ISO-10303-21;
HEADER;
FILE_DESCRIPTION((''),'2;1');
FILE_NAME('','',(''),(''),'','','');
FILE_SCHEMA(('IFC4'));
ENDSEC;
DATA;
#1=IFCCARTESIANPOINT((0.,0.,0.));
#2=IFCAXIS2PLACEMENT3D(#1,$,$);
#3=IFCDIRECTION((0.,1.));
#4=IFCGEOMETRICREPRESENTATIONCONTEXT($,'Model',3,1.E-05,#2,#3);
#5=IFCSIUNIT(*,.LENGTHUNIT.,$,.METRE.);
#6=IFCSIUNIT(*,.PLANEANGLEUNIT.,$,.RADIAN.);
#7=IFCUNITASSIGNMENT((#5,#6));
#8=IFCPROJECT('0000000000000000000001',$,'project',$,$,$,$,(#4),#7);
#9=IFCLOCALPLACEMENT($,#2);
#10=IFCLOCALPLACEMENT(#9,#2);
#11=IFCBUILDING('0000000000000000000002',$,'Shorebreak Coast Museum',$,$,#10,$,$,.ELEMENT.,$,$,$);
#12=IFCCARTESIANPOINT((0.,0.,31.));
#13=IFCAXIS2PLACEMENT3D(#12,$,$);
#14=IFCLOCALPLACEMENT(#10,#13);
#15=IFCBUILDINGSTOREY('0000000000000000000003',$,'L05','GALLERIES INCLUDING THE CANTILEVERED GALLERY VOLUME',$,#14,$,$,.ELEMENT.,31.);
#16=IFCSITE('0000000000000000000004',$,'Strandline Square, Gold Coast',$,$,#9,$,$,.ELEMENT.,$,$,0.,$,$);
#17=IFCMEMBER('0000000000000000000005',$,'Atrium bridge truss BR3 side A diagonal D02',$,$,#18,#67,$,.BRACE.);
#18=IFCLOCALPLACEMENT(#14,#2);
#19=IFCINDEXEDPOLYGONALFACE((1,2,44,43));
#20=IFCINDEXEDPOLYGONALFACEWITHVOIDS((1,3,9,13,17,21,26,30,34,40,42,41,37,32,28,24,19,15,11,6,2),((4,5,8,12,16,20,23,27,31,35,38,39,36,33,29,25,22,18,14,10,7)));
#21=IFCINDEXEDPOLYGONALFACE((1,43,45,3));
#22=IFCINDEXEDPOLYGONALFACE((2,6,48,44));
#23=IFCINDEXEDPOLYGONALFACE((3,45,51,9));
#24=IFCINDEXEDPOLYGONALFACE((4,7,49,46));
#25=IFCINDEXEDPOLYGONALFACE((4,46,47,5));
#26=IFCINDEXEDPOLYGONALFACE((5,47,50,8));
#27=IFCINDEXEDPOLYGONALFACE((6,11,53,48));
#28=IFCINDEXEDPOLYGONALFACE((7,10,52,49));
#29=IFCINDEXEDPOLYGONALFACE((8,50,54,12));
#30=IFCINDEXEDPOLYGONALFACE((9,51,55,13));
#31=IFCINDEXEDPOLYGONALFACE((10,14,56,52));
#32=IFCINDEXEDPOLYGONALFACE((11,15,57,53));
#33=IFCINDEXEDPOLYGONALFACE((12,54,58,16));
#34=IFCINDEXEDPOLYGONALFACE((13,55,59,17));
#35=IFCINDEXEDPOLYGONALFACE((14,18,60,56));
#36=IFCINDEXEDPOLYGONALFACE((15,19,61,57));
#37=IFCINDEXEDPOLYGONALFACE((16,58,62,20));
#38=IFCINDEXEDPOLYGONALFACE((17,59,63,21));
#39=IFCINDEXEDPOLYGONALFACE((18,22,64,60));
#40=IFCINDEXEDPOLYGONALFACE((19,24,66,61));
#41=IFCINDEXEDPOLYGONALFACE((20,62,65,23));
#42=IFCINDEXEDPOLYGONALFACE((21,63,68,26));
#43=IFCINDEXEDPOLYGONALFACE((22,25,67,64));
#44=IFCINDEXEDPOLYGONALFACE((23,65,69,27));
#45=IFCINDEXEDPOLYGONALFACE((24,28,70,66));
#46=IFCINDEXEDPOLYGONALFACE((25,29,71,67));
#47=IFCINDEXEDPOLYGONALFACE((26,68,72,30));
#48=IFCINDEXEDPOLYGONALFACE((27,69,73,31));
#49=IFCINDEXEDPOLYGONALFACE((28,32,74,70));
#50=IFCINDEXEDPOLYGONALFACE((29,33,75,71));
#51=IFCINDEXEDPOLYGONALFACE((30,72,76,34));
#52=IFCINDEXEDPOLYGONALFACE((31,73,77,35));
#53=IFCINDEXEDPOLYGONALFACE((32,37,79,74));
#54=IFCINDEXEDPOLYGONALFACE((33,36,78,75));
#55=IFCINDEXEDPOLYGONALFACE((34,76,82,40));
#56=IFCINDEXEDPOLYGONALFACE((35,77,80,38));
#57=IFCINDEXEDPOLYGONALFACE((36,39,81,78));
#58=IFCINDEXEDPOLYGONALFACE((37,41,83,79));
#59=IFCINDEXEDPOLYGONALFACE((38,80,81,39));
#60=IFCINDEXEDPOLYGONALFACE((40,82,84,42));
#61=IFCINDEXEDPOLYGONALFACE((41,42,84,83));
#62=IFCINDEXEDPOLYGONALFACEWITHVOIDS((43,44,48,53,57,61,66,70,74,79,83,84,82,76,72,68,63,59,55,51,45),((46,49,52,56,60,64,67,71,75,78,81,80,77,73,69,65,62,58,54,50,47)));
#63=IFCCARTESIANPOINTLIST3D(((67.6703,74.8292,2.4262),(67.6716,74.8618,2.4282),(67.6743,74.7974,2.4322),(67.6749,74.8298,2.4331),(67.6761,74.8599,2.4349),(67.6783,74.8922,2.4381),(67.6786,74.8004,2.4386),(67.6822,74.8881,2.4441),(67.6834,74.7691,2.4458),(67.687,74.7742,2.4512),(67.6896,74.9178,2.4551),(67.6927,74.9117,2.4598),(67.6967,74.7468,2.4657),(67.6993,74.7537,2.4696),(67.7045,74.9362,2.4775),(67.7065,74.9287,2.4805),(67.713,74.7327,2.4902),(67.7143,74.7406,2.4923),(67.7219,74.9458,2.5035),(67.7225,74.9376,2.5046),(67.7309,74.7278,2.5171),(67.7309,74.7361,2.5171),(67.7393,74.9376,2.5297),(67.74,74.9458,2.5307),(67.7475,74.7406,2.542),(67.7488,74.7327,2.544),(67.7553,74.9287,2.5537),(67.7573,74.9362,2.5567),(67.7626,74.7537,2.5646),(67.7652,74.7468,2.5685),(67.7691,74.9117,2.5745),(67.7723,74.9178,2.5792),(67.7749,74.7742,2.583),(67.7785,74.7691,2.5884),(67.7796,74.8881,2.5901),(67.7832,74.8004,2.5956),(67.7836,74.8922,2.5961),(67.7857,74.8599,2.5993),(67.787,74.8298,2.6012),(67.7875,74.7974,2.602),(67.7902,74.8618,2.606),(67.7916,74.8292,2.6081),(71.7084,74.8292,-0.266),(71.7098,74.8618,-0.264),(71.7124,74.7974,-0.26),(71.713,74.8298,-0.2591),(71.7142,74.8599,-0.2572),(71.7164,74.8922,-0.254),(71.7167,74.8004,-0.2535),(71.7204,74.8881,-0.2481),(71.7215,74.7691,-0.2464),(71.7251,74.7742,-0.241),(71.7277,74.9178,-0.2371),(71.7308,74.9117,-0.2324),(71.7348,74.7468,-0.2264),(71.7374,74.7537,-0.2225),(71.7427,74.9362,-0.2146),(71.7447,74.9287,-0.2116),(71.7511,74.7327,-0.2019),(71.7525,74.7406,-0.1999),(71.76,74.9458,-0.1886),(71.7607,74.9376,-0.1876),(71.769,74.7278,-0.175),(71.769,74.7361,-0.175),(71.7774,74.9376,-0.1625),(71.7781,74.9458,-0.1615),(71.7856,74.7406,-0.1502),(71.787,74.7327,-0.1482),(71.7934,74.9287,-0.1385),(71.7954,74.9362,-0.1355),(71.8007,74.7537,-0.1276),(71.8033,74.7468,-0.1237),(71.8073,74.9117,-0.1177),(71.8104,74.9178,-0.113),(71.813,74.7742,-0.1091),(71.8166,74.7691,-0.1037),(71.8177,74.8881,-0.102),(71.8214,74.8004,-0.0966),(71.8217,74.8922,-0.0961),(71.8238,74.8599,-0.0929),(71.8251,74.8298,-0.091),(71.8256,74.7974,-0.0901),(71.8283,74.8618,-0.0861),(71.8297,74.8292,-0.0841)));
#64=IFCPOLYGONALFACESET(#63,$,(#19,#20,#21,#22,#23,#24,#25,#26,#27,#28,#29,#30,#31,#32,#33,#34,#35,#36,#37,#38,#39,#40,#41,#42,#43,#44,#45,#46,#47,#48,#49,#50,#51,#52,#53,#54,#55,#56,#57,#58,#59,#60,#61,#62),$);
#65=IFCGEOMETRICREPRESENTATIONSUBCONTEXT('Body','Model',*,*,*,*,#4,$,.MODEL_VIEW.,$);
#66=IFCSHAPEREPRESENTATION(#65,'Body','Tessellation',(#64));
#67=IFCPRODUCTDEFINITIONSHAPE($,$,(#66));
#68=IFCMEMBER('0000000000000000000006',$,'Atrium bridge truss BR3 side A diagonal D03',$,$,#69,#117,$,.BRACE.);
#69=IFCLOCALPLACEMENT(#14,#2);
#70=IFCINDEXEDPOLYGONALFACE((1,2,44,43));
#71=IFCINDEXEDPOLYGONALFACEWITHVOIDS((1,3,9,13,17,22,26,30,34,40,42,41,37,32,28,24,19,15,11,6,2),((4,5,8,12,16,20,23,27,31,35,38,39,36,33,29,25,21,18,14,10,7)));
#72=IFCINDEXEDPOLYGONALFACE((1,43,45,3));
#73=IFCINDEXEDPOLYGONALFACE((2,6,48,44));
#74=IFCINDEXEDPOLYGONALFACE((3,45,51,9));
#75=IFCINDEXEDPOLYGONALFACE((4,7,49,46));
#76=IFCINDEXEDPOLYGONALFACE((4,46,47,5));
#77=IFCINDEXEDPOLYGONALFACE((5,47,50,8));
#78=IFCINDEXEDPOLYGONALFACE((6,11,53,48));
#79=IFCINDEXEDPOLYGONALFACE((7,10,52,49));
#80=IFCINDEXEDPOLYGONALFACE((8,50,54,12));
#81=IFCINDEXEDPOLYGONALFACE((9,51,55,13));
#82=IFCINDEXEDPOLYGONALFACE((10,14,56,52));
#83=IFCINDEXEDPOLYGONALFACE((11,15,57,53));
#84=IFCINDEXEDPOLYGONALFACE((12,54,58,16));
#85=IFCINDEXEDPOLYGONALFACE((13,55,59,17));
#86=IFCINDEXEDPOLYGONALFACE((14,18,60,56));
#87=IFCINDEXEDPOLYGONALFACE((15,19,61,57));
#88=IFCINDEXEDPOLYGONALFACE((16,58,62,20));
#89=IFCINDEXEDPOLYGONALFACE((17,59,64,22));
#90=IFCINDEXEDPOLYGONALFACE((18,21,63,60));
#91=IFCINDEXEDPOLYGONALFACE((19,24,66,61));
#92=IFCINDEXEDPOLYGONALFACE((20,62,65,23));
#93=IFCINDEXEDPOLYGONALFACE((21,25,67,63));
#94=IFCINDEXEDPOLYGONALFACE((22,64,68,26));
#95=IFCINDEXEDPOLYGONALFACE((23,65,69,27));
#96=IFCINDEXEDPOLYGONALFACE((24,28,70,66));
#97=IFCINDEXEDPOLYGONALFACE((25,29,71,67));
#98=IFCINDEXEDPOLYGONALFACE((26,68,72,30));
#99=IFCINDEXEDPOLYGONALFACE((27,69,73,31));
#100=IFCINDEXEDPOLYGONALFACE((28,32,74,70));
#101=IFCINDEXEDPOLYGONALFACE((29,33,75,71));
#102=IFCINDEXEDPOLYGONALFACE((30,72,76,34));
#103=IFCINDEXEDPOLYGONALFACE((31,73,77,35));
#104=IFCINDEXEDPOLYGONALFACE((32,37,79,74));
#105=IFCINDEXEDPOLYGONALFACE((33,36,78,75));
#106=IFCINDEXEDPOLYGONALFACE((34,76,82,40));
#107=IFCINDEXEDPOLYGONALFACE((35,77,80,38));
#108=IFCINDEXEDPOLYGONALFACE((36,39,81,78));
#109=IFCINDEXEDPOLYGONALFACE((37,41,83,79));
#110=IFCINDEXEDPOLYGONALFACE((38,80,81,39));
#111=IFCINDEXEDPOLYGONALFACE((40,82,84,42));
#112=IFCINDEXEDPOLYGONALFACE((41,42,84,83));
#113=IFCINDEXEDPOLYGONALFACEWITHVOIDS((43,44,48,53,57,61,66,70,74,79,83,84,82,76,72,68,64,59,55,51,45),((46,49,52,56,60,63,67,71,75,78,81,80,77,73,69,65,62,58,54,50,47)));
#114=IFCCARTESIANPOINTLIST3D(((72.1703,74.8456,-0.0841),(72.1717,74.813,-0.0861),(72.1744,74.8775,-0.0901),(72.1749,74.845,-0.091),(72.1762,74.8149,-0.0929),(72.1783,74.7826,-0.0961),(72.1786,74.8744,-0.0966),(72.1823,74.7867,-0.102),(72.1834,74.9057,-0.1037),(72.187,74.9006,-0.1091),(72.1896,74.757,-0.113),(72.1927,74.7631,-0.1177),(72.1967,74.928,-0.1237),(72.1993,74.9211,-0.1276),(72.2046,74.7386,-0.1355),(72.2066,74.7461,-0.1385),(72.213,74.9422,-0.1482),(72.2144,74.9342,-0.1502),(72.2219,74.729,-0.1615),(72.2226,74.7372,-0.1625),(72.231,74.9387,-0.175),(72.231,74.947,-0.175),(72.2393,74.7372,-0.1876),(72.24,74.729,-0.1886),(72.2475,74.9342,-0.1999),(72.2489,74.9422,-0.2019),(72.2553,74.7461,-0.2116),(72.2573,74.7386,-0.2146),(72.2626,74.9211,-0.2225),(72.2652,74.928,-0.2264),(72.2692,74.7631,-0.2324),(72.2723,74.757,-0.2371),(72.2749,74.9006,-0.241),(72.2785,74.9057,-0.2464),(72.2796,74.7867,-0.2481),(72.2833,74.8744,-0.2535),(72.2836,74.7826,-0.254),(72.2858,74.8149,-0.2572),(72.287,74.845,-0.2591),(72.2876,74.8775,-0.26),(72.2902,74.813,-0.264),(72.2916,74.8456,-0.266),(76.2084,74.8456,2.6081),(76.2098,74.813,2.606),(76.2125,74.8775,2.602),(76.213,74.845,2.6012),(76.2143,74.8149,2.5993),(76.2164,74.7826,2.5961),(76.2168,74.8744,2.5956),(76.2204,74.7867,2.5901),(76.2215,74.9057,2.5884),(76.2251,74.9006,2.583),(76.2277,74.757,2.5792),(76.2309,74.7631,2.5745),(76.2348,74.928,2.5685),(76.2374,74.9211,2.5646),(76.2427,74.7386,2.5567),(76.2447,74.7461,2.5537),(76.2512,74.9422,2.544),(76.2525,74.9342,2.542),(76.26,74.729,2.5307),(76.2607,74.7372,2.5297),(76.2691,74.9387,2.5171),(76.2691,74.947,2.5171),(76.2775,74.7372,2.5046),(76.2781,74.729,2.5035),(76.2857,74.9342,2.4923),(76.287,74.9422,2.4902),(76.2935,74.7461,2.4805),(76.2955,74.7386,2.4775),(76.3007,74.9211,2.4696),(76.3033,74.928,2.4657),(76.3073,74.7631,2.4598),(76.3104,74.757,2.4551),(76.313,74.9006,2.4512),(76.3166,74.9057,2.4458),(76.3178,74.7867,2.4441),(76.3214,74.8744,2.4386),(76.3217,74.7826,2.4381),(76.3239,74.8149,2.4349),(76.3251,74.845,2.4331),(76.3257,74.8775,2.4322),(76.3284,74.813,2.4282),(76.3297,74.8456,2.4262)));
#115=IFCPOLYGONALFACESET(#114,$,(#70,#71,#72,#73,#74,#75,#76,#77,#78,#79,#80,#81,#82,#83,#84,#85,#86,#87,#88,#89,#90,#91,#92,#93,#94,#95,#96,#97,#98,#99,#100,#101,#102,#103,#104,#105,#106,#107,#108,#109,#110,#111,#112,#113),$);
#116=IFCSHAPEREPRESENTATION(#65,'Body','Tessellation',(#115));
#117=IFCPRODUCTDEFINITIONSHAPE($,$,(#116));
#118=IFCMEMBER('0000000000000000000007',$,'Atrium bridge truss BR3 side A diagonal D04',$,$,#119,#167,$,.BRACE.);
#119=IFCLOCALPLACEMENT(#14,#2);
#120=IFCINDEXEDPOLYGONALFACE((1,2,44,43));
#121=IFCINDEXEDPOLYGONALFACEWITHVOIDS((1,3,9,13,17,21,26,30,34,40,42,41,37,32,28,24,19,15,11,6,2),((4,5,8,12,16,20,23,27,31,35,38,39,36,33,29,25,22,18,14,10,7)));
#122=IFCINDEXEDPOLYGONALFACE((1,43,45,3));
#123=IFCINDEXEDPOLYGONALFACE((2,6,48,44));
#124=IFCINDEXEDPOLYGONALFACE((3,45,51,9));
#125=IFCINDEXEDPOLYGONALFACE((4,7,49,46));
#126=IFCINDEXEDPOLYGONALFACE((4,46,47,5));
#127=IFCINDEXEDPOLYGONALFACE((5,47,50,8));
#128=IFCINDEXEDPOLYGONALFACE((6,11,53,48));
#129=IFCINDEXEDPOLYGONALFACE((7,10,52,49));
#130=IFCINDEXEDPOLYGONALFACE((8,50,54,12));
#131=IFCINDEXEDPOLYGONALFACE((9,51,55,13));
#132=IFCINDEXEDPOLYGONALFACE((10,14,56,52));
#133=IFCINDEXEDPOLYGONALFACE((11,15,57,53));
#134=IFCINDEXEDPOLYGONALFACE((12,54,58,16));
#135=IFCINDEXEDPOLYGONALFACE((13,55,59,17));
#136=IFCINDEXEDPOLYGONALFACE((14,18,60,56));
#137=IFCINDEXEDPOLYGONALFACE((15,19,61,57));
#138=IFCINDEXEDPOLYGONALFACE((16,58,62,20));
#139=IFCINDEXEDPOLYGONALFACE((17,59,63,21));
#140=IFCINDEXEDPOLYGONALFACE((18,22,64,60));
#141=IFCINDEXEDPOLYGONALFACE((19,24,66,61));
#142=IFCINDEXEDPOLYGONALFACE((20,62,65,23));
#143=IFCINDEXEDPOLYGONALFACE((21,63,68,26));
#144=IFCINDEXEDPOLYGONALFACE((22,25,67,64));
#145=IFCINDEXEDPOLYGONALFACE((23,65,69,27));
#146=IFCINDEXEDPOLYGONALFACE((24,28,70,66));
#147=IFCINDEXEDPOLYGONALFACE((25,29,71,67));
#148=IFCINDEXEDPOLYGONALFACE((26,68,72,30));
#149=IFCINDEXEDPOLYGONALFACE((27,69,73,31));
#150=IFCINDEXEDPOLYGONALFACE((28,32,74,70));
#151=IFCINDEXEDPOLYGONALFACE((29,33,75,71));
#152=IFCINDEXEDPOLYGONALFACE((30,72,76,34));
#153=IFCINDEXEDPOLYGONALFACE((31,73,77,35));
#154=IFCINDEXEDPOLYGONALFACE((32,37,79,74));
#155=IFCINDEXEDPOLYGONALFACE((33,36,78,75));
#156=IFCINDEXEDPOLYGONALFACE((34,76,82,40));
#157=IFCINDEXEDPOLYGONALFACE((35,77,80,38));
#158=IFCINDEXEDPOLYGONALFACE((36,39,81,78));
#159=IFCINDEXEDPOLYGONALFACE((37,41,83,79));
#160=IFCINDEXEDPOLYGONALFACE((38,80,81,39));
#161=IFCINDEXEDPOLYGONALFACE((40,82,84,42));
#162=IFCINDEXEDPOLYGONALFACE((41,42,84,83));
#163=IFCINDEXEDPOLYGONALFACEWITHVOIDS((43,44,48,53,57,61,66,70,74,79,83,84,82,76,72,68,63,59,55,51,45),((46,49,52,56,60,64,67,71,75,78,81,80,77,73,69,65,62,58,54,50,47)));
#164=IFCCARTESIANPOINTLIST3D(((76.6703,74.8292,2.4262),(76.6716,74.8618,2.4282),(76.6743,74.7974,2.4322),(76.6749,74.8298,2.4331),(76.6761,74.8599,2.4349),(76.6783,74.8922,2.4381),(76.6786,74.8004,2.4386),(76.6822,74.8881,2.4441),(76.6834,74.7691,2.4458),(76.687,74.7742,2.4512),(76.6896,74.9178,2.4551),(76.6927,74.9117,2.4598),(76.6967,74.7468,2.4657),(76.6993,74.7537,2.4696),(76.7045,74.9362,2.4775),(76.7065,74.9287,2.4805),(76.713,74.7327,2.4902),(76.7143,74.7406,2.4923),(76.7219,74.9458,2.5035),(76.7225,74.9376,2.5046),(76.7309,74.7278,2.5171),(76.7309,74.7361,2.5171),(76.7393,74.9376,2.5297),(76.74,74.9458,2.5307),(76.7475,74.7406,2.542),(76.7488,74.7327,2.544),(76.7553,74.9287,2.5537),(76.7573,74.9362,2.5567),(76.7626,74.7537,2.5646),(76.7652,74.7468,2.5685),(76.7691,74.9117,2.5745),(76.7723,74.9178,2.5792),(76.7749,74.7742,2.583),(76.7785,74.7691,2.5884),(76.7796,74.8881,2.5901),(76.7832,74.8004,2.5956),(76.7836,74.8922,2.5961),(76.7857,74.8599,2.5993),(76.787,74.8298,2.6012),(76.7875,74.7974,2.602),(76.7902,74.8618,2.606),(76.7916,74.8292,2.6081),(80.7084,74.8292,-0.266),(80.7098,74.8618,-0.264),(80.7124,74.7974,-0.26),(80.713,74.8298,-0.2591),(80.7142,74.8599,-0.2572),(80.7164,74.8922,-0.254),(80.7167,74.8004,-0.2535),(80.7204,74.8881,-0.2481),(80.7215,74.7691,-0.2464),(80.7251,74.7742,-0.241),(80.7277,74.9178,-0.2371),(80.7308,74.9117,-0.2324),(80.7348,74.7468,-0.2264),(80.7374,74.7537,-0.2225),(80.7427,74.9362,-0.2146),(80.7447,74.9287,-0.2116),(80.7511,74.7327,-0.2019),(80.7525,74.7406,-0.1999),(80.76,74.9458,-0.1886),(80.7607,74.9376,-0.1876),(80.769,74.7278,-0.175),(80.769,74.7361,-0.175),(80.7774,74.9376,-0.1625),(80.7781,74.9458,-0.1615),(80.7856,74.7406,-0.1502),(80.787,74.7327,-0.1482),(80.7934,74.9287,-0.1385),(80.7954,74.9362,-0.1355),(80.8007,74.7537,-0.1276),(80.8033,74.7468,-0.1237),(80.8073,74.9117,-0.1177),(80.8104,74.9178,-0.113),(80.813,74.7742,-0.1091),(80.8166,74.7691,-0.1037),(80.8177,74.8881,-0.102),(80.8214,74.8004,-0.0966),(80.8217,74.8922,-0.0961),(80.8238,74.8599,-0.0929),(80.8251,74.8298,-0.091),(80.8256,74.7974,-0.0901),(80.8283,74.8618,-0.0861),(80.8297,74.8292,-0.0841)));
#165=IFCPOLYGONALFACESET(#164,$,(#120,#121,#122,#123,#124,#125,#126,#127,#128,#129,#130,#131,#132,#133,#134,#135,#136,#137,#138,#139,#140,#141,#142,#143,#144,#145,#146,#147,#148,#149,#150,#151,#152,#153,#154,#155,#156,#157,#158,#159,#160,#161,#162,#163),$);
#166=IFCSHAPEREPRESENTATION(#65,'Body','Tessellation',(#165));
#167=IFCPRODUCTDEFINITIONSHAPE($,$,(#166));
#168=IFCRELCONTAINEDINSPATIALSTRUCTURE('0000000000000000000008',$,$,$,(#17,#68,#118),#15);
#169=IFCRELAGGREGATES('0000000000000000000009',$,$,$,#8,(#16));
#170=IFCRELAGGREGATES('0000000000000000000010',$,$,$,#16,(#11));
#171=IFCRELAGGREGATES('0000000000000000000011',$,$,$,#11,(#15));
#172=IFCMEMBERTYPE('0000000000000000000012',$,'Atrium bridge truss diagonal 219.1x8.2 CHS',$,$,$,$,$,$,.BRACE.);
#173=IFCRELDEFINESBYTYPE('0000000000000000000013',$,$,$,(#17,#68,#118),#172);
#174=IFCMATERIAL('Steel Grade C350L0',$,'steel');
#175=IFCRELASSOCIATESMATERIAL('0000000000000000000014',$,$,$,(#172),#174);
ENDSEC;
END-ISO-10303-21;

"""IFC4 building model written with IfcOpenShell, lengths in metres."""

from ifc_helpers import new_model, si_unit, direction, frame, origin, origin_2d, place, context, subcontext, project, spatial, hollow_circle, extrude, material, material_profile, profile_set, type_object, element, save


model = new_model("IFC4")

# Units and contexts
model_context = context("Model", 3, precision=1e-05, world=origin(), true_north=direction((0.0, 1.0)))
body_context = subcontext(model_context, "Body", "Model", "MODEL_VIEW")
ifc_project = project(units=[si_unit("LENGTHUNIT", "METRE"), si_unit("PLANEANGLEUNIT", "RADIAN")], contexts=[model_context])

# Site, building, storey
site_placement = place(None, origin())
site = spatial("IfcSite", under=ifc_project, at=site_placement, Name="Strandline Square, Gold Coast", CompositionType="ELEMENT", RefElevation=0.0)
building_placement = place(site_placement, origin())
building = spatial("IfcBuilding", under=site, at=building_placement, Name="Shorebreak Coast Museum", CompositionType="ELEMENT")
storey_placement = place(building_placement, frame((0.0, 0.0, 31.0)))
storey = spatial("IfcBuildingStorey", under=building, at=storey_placement, Name="L05", Description="GALLERIES INCLUDING THE CANTILEVERED GALLERY VOLUME", CompositionType="ELEMENT", Elevation=31.0)

# Members
ifc_material_1 = material(Name="Steel Grade C350L0", Category="steel")
ifc_material_profile_1 = material_profile(ifc_material_1, hollow_circle(Radius=0.1096, WallThickness=0.0083, at=origin_2d()), Name="219.1x8.2 CHS")
ifc_profile_set_1 = profile_set([ifc_material_profile_1], Name="Steel Grade C350L0")
member_type_1 = type_object("IfcMemberType", Name="Atrium bridge truss diagonal 219.1x8.2 CHS", PredefinedType="BRACE", material=ifc_profile_set_1)
for number, where, z_axis, x_axis, name in (
    (1, (71.769, 74.8374, -0.175), (-0.832043, 0.0, 0.554712), (0.0, -1.0, 0.0), "Atrium bridge truss BR3 side A diagonal D02"),
    (2, (72.231, 74.8374, -0.175), (0.832043, 0.0, 0.554712), (0.0, 1.0, 0.0), "Atrium bridge truss BR3 side A diagonal D03"),
    (3, (80.769, 74.8374, -0.175), (-0.832043, 0.0, 0.554712), (0.0, -1.0, 0.0), "Atrium bridge truss BR3 side A diagonal D04"),
):
    element("IfcMember", number, at=place(storey_placement, frame(where, z_axis=z_axis, x_axis=x_axis)), inside=storey, type_object=member_type_1, Name=name, PredefinedType="BRACE", context=body_context, shape_type="SweptSolid", body=[
        extrude(hollow_circle(Radius=0.1096, WallThickness=0.0083, at=origin_2d()), origin(), (0.0, 0.0, 1.0), 4.8533),
    ])

save(model, "model.ifc")
